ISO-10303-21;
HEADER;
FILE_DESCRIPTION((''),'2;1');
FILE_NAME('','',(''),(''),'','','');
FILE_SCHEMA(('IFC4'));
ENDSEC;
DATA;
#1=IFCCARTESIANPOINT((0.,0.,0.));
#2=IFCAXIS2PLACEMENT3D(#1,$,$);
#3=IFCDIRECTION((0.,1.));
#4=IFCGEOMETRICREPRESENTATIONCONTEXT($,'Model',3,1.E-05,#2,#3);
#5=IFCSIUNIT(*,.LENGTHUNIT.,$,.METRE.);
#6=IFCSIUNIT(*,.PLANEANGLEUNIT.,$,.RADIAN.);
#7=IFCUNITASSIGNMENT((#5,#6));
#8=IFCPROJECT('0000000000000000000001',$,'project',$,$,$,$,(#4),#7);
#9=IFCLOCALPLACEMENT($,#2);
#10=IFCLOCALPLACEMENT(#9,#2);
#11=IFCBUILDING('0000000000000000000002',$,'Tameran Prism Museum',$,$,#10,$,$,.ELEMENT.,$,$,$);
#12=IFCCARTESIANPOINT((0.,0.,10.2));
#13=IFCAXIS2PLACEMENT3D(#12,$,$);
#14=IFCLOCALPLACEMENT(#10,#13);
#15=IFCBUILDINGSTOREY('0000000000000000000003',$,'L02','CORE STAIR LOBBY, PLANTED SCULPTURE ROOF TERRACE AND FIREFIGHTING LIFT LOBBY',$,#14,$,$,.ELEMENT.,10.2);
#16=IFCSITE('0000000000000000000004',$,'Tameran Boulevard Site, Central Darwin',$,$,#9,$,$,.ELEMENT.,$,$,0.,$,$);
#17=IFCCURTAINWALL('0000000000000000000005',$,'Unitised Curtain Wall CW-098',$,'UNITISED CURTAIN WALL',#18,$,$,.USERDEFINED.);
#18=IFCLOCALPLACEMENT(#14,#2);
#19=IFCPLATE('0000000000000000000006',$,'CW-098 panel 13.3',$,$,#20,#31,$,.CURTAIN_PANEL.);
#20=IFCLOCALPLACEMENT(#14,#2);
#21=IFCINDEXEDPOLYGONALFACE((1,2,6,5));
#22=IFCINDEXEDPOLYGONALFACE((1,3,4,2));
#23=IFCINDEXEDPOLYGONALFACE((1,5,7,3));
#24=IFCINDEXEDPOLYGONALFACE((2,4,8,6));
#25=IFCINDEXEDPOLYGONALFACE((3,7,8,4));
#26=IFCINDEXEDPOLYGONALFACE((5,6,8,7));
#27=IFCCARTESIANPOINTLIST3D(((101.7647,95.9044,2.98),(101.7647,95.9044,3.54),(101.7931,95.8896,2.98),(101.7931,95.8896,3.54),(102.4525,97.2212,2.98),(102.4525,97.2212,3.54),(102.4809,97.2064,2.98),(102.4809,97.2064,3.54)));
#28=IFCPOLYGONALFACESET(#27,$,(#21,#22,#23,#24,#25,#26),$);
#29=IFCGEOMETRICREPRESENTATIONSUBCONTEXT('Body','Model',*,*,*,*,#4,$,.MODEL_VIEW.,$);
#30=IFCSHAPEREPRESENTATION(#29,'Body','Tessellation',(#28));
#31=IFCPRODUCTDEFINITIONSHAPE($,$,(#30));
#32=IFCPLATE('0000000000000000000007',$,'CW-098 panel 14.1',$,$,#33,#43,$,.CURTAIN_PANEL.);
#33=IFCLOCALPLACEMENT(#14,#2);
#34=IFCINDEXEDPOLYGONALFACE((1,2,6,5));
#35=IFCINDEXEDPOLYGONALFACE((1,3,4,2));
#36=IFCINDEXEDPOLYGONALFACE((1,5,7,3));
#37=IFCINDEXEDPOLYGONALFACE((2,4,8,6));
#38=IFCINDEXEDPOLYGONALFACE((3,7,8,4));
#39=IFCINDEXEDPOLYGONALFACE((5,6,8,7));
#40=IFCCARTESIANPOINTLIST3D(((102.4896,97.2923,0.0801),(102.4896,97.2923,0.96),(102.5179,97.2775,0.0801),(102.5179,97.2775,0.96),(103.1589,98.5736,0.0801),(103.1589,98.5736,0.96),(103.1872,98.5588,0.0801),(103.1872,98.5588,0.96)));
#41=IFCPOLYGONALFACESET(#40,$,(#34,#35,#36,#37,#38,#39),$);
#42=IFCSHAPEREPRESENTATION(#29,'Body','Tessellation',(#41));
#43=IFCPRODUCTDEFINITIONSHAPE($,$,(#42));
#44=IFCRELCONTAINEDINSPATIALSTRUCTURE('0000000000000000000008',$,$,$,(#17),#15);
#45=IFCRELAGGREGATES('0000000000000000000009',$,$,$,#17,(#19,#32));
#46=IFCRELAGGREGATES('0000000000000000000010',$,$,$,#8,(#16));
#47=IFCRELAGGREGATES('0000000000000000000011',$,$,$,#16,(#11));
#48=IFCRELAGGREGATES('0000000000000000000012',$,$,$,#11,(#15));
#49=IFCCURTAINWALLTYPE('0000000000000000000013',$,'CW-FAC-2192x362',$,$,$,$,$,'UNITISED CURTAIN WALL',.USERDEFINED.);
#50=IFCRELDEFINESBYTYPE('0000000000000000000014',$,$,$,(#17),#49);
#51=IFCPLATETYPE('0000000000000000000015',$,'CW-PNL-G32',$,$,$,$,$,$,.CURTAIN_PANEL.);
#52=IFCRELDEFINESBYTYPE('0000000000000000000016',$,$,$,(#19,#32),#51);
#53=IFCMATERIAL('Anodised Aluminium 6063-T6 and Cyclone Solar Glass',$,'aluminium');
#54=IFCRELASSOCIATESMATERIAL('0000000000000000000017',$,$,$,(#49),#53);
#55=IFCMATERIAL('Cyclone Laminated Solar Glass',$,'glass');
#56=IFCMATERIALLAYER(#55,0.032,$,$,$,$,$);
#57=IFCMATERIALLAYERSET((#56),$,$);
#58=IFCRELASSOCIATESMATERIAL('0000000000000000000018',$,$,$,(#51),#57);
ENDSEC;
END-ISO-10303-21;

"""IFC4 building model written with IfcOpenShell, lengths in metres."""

from ifc_helpers import new_model, si_unit, direction, frame, origin, origin_2d, place, context, subcontext, project, spatial, rectangle, extrude, material, layer, layer_set, type_object, element, aggregate, save


model = new_model("IFC4")

# Units and contexts
model_context = context("Model", 3, precision=1e-05, world=origin(), true_north=direction((0.0, 1.0)))
body_context = subcontext(model_context, "Body", "Model", "MODEL_VIEW")
ifc_project = project(units=[si_unit("LENGTHUNIT", "METRE"), si_unit("PLANEANGLEUNIT", "RADIAN")], contexts=[model_context])

# Site, building, storey
site_placement = place(None, origin())
site = spatial("IfcSite", under=ifc_project, at=site_placement, Name="Tameran Boulevard Site, Central Darwin", CompositionType="ELEMENT", RefElevation=0.0)
building_placement = place(site_placement, origin())
building = spatial("IfcBuilding", under=site, at=building_placement, Name="Tameran Prism Museum", CompositionType="ELEMENT")
storey_placement = place(building_placement, frame((0.0, 0.0, 10.2)))
storey = spatial("IfcBuildingStorey", under=building, at=storey_placement, Name="L02", Description="CORE STAIR LOBBY, PLANTED SCULPTURE ROOF TERRACE AND FIREFIGHTING LIFT LOBBY", CompositionType="ELEMENT", Elevation=10.2)

# Curtain wall, plates
ifc_material_1 = material(Name="Anodised Aluminium 6063-T6 and Cyclone Solar Glass", Category="aluminium")
curtain_wall_type = type_object("IfcCurtainWallType", Name="CW-FAC-2192x362", ElementType="UNITISED CURTAIN WALL", PredefinedType="USERDEFINED", material=ifc_material_1)
curtain_wall_placement = place(storey_placement, origin())
curtain_wall = element("IfcCurtainWall", 1, at=curtain_wall_placement, inside=storey, type_object=curtain_wall_type, Name="Unitised Curtain Wall CW-098", ObjectType="UNITISED CURTAIN WALL", PredefinedType="USERDEFINED")
ifc_material_2 = material(Name="Cyclone Laminated Solar Glass", Category="glass")
ifc_layer = layer(ifc_material_2, 0.032)
ifc_layer_set = layer_set([ifc_layer])
plate_type = type_object("IfcPlateType", Name="CW-PNL-G32", PredefinedType="CURTAIN_PANEL", material=ifc_layer_set)
plate_1_placement = place(storey_placement, frame((102.1228, 96.5554, 2.98), z_axis=(0.0, 0.0, 1.0), x_axis=(0.463003, 0.886357, 0.0)))
plate_1 = element("IfcPlate", 2, at=plate_1_placement, type_object=plate_type, Name="CW-098 panel 13.3", PredefinedType="CURTAIN_PANEL", context=body_context, shape_type="SweptSolid", body=[
    extrude(rectangle(XDim=1.4856, YDim=0.032, at=origin_2d()), origin(), (0.0, 0.0, 1.0), 0.5601),
])
plate_2_placement = place(storey_placement, frame((102.8384, 97.9255, 0.0801), z_axis=(0.0, 0.0, 1.0), x_axis=(0.463003, 0.886357, 0.0)))
plate_2 = element("IfcPlate", 3, at=plate_2_placement, type_object=plate_type, Name="CW-098 panel 14.1", PredefinedType="CURTAIN_PANEL", context=body_context, shape_type="SweptSolid", body=[
    extrude(rectangle(XDim=1.4456, YDim=0.032, at=origin_2d()), origin(), (0.0, 0.0, 1.0), 0.8799),
])
aggregate(curtain_wall, [plate_1, plate_2])

save(model, "model.ifc")
